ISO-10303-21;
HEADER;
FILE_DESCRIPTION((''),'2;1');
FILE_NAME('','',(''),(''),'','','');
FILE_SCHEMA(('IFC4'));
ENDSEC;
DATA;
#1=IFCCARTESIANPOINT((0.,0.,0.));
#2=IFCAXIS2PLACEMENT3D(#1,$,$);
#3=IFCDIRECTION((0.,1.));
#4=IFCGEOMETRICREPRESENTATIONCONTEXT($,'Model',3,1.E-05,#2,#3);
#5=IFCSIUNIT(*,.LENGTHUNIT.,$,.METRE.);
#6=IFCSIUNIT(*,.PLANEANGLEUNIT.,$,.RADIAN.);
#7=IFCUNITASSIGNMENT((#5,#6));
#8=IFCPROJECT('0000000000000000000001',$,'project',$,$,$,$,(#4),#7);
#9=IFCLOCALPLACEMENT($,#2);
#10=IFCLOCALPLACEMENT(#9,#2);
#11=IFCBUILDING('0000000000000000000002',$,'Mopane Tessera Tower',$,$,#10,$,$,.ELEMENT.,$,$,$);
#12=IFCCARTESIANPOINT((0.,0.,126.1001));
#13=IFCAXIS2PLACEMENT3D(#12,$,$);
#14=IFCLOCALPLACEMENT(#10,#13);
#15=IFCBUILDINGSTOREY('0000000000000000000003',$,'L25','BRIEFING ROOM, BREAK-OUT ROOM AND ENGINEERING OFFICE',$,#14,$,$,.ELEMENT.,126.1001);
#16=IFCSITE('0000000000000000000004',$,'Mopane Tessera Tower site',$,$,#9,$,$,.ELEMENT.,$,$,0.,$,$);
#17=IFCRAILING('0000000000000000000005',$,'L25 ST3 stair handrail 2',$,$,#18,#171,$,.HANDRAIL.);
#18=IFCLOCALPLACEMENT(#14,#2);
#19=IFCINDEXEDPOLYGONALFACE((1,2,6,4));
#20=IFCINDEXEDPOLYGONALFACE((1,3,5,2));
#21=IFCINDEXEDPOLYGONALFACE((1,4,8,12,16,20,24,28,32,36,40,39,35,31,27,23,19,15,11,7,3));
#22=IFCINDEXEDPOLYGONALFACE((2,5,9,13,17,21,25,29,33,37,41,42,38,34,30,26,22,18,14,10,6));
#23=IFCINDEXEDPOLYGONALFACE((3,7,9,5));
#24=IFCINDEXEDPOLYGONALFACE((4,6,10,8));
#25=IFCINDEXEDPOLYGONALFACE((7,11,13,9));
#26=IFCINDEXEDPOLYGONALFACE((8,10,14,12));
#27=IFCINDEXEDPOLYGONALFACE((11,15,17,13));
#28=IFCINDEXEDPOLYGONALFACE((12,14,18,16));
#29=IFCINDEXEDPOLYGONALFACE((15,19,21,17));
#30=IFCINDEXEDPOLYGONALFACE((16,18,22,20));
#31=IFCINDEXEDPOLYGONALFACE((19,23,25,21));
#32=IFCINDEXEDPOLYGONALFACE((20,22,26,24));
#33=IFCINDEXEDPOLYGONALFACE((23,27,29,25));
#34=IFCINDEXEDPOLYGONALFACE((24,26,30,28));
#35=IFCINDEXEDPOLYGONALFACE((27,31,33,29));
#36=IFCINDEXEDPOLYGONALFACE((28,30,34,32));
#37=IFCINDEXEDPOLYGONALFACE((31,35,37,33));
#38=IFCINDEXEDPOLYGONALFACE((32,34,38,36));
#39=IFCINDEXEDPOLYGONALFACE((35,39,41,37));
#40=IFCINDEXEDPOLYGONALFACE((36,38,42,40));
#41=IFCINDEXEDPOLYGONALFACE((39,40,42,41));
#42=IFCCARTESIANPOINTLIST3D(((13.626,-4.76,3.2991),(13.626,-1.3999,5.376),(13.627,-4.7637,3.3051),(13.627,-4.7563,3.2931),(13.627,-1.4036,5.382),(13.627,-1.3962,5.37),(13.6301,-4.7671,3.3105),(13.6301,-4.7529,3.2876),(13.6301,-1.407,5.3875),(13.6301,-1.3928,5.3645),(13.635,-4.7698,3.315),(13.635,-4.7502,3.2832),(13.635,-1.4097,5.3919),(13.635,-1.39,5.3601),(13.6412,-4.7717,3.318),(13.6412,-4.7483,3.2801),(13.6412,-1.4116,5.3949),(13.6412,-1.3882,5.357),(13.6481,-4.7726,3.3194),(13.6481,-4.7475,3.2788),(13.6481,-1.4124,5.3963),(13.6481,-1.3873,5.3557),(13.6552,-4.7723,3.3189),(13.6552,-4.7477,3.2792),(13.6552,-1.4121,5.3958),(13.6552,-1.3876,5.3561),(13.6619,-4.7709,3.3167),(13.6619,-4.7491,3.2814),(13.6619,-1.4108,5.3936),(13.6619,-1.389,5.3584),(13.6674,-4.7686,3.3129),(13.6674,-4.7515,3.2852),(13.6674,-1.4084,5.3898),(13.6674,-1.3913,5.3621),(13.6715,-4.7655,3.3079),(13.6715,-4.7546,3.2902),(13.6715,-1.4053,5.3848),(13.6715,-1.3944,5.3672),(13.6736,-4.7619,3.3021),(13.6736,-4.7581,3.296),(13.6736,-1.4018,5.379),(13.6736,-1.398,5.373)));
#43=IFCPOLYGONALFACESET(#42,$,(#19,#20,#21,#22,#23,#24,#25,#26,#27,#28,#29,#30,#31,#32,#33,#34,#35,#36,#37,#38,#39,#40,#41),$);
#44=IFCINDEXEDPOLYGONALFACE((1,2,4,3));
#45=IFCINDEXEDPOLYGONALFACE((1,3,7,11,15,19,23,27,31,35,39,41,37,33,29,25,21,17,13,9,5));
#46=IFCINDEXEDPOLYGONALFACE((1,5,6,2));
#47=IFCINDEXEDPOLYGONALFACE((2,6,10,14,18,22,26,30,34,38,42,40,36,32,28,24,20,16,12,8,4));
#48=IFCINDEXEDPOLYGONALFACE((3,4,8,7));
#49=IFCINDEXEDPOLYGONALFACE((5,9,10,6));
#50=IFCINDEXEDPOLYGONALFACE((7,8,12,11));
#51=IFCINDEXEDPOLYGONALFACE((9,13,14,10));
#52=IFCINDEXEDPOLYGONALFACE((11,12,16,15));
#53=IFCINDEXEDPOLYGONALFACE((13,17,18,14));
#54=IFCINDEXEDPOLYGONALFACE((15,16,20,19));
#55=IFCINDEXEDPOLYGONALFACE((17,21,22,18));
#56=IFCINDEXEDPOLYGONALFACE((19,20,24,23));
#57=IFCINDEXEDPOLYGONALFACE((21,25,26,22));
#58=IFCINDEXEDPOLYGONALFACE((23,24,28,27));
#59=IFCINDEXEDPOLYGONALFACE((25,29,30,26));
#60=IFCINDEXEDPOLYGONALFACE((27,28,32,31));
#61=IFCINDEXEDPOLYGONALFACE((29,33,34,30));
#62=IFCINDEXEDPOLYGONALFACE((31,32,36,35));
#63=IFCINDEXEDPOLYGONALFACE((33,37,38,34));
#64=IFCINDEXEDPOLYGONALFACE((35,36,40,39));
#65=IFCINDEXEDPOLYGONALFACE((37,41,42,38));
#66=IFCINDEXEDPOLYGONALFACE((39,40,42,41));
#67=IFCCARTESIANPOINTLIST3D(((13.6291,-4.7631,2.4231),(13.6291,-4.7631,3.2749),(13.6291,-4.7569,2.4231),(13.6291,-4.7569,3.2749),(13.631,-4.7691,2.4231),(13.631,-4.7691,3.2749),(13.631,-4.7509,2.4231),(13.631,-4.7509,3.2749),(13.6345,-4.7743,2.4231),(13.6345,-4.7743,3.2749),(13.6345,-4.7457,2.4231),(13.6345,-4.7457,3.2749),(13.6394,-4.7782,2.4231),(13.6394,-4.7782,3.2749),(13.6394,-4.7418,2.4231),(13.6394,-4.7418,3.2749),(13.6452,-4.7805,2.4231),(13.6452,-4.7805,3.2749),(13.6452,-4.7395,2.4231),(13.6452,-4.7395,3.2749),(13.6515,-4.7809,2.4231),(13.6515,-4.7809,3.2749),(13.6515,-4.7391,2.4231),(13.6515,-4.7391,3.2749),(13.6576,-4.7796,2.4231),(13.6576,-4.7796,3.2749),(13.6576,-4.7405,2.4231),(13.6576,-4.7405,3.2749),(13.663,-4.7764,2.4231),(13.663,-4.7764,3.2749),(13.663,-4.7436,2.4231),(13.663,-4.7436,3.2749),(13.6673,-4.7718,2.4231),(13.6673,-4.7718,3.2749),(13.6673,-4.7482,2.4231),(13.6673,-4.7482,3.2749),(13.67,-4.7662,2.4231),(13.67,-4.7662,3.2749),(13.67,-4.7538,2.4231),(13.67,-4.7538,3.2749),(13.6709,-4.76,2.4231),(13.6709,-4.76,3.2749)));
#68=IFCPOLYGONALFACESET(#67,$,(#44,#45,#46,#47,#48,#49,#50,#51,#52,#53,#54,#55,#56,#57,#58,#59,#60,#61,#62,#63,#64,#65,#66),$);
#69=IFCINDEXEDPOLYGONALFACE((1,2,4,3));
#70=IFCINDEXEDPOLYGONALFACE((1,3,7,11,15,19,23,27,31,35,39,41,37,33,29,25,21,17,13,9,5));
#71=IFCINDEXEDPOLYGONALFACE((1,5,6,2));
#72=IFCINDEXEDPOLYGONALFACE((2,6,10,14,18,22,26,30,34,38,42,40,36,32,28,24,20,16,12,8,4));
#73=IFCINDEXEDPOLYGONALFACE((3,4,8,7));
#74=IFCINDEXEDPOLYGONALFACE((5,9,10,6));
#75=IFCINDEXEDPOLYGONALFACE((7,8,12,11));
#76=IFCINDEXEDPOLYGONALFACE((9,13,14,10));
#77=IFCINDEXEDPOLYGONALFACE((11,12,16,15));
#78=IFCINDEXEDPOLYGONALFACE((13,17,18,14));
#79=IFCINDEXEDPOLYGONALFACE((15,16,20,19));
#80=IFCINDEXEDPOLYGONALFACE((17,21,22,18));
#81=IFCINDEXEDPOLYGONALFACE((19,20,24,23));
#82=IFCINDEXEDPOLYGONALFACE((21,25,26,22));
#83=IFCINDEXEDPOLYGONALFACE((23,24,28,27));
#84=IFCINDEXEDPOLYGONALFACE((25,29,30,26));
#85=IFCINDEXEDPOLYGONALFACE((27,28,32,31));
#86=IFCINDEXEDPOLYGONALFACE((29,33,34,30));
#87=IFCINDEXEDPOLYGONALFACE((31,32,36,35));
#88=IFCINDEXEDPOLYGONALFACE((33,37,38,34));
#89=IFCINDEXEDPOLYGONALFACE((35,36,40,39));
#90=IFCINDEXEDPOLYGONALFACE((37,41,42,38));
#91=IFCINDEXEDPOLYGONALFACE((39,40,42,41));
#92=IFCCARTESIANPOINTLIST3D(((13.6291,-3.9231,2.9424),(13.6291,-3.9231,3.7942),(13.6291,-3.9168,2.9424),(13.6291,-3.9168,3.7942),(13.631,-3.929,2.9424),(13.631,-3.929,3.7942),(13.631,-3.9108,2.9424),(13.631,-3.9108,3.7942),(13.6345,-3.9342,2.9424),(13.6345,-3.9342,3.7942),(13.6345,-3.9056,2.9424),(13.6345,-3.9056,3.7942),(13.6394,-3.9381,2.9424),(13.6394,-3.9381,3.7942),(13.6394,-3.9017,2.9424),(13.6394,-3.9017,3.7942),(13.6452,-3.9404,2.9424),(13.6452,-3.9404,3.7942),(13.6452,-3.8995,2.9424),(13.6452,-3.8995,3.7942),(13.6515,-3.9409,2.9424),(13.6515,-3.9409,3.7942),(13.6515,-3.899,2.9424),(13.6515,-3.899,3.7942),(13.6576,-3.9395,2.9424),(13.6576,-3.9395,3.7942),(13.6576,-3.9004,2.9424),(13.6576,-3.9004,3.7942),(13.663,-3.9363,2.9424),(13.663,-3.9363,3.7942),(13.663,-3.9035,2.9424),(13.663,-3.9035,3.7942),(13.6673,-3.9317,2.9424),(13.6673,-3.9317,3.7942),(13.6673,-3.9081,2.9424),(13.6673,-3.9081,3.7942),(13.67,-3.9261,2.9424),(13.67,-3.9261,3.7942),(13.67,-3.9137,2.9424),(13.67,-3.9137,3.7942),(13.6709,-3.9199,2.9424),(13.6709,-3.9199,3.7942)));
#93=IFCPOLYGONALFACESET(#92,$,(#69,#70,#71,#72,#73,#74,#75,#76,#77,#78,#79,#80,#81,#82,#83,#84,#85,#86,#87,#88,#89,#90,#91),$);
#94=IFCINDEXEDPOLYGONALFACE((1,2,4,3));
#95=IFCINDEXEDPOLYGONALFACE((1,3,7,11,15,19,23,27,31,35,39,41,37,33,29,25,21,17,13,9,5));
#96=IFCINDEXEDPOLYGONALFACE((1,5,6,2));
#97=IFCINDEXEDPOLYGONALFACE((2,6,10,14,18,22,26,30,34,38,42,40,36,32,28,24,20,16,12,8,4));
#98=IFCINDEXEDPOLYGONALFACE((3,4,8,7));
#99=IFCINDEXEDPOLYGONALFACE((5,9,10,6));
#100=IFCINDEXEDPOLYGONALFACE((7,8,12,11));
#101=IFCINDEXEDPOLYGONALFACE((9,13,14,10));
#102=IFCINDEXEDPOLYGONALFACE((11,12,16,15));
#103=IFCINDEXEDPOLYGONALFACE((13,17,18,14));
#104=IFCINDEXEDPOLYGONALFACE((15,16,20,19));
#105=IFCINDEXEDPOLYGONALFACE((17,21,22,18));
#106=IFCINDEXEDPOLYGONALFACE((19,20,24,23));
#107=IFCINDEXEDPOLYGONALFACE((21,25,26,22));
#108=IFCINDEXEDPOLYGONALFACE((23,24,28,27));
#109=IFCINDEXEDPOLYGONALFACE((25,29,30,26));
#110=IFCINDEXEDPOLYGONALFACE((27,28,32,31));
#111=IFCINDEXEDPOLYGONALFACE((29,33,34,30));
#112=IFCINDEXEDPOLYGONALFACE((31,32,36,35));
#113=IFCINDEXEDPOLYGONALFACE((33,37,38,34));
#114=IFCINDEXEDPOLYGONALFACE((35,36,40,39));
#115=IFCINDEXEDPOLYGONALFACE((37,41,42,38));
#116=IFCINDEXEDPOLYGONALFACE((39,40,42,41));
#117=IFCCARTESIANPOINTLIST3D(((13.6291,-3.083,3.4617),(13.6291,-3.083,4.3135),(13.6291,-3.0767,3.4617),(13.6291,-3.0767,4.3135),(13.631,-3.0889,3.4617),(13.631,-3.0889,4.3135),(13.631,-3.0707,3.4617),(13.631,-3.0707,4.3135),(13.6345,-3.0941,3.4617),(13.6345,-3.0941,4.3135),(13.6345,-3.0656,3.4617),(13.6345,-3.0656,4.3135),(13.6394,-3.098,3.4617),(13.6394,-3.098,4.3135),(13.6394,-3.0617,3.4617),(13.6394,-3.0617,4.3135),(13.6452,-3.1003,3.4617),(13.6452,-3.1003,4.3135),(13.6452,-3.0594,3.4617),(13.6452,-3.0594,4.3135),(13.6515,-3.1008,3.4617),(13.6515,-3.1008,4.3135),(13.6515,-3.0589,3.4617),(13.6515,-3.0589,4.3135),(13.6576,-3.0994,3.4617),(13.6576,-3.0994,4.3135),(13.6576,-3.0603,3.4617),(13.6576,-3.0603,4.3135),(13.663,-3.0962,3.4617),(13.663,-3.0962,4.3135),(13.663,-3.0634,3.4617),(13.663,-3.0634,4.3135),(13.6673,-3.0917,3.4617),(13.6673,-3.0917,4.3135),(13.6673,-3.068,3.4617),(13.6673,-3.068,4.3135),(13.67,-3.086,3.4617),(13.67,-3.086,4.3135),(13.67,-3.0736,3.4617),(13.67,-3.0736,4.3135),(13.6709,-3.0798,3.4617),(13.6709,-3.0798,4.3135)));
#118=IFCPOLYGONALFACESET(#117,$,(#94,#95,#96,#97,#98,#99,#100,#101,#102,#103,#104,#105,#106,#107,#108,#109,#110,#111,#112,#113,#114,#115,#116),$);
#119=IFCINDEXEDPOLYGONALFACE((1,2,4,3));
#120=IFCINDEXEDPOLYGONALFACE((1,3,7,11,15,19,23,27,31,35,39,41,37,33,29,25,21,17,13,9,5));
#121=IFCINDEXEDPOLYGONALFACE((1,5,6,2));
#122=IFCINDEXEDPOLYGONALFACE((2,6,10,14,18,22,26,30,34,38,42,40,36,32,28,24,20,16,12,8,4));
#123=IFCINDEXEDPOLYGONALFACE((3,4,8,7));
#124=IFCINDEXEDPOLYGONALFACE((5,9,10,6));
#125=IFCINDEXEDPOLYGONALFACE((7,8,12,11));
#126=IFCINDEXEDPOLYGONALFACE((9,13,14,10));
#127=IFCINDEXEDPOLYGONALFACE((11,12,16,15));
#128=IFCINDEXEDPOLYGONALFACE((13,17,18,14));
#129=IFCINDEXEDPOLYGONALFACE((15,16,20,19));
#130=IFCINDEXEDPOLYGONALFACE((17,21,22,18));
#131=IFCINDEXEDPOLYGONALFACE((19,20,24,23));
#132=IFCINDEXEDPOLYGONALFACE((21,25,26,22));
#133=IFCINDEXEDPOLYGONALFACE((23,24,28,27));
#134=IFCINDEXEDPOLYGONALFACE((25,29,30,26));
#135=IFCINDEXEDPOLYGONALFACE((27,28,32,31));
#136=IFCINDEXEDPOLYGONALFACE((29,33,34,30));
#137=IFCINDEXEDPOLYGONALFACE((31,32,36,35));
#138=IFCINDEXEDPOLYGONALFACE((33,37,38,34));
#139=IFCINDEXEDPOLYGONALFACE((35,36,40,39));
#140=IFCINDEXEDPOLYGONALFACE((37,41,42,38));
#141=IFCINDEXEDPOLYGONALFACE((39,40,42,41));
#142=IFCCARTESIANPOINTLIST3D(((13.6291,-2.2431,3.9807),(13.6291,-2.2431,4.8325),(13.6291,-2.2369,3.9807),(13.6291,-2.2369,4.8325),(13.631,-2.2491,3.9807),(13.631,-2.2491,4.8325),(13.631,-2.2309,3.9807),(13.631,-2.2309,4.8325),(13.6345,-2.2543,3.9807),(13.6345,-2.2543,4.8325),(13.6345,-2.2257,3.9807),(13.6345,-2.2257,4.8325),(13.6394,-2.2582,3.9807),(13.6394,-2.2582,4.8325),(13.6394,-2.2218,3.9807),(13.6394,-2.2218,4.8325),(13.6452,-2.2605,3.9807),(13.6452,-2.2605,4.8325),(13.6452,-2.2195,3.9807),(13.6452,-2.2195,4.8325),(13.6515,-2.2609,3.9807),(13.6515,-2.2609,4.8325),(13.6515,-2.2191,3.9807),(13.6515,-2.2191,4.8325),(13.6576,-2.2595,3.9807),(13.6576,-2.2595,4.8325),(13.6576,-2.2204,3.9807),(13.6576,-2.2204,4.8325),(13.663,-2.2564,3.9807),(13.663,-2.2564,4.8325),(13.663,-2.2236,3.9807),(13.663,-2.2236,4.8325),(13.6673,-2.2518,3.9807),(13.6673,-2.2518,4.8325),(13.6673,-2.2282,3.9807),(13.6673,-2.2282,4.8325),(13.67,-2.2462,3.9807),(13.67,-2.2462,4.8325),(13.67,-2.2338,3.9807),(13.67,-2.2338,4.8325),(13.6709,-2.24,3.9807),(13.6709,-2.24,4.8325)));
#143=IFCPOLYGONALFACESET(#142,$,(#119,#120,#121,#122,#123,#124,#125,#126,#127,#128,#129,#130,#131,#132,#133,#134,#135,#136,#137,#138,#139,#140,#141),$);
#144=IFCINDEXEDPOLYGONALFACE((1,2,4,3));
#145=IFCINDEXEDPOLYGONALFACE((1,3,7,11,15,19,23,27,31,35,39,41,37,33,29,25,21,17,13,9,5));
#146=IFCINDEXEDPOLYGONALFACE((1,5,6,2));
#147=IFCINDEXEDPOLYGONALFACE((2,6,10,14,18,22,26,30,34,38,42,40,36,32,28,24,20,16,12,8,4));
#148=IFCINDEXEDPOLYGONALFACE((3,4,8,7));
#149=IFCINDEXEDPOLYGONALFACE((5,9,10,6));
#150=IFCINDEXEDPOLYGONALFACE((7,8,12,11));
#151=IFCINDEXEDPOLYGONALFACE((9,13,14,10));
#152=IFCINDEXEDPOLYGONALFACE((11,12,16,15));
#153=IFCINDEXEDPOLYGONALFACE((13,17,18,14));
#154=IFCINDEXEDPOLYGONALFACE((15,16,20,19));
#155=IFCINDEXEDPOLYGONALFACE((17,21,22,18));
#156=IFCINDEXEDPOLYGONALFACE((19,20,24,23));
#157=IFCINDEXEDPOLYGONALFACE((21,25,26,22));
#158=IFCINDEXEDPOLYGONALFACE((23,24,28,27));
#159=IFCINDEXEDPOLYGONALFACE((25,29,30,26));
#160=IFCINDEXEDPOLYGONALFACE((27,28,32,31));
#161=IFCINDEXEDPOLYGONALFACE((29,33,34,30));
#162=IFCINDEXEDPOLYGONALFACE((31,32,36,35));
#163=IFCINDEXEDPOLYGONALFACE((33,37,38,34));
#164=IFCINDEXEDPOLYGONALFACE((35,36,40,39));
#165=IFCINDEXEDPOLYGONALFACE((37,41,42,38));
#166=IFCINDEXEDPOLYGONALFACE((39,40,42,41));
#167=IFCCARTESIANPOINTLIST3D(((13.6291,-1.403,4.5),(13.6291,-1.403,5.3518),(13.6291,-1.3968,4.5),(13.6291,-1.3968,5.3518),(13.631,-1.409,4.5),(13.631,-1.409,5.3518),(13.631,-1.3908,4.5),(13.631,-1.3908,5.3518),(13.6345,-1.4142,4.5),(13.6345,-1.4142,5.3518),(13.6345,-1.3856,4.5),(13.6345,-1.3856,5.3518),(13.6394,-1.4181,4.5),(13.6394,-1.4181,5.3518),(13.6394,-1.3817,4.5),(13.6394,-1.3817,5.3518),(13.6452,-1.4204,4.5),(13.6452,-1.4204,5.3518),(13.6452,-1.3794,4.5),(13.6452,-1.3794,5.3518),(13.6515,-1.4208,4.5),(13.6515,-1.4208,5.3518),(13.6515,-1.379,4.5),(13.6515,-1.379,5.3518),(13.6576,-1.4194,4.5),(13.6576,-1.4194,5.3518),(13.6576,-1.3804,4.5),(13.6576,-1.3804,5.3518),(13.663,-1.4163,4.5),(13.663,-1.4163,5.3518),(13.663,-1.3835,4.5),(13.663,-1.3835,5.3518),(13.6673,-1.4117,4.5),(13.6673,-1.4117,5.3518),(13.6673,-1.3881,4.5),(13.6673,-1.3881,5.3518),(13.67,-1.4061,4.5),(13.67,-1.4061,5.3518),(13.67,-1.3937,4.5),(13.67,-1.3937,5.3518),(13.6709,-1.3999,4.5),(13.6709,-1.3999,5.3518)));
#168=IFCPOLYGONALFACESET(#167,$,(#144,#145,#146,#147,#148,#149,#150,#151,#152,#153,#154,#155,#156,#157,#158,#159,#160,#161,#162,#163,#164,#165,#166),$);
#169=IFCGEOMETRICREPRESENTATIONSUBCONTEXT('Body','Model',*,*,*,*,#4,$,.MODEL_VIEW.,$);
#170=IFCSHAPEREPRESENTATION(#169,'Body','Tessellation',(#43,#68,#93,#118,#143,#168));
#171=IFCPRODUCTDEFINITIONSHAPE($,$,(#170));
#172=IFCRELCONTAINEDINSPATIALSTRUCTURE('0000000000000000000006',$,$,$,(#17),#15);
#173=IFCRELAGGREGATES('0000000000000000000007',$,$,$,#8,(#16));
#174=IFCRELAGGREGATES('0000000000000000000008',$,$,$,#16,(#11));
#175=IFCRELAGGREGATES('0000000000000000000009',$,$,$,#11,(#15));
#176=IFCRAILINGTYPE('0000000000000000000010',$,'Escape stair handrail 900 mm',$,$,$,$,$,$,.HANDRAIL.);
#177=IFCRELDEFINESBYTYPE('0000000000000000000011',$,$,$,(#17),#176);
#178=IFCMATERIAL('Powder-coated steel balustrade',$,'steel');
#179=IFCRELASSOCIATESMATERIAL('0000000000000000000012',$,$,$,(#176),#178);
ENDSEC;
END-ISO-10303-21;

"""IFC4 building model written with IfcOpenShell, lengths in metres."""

from ifc_helpers import new_model, si_unit, direction, frame, origin, origin_2d, place, context, subcontext, project, spatial, circle, extrude, material, type_object, element, save


model = new_model("IFC4")

# Units and contexts
model_context = context("Model", 3, precision=1e-05, world=origin(), true_north=direction((0.0, 1.0)))
body_context = subcontext(model_context, "Body", "Model", "MODEL_VIEW")
ifc_project = project(units=[si_unit("LENGTHUNIT", "METRE"), si_unit("PLANEANGLEUNIT", "RADIAN")], contexts=[model_context])

# Site, building, storey
site_placement = place(None, origin())
site = spatial("IfcSite", under=ifc_project, at=site_placement, Name="Mopane Tessera Tower site", CompositionType="ELEMENT", RefElevation=0.0)
building_placement = place(site_placement, origin())
building = spatial("IfcBuilding", under=site, at=building_placement, Name="Mopane Tessera Tower", CompositionType="ELEMENT")
storey_placement = place(building_placement, frame((0.0, 0.0, 126.1001)))
storey = spatial("IfcBuildingStorey", under=building, at=storey_placement, Name="L25", Description="BRIEFING ROOM, BREAK-OUT ROOM AND ENGINEERING OFFICE", CompositionType="ELEMENT", Elevation=126.1001)

# Railing
ifc_material_1 = material(Name="Powder-coated steel balustrade", Category="steel")
railing_type_1 = type_object("IfcRailingType", Name="Escape stair handrail 900 mm", PredefinedType="HANDRAIL", material=ifc_material_1)
railing_1_placement = place(storey_placement, frame((13.6499, -4.76, 2.4231)))
element("IfcRailing", 1, at=railing_1_placement, inside=storey, type_object=railing_type_1, Name="L25 ST3 stair handrail 2", PredefinedType="HANDRAIL", context=body_context, shape_type="SweptSolid", body=[
    extrude(circle(Radius=0.0239, at=origin_2d()), frame((0.0, 0.0, 0.876), z_axis=(0.0, 0.850623, 0.525776), x_axis=(-1.0, 0.0, 0.0)), (0.0, 0.0, 1.0), 3.9502),
    extrude(circle(Radius=0.021, at=origin_2d()), origin(), (0.0, 0.0, 1.0), 0.8518),
    extrude(circle(Radius=0.021, at=origin_2d()), frame((0.0, 0.8401, 0.5193)), (0.0, 0.0, 1.0), 0.8518),
    extrude(circle(Radius=0.021, at=origin_2d()), frame((0.0, 1.6802, 1.0386)), (0.0, 0.0, 1.0), 0.8518),
    extrude(circle(Radius=0.021, at=origin_2d()), frame((0.0, 2.52, 1.5576)), (0.0, 0.0, 1.0), 0.8518),
    extrude(circle(Radius=0.021, at=origin_2d()), frame((0.0, 3.3601, 2.0769)), (0.0, 0.0, 1.0), 0.8518),
])

save(model, "model.ifc")
